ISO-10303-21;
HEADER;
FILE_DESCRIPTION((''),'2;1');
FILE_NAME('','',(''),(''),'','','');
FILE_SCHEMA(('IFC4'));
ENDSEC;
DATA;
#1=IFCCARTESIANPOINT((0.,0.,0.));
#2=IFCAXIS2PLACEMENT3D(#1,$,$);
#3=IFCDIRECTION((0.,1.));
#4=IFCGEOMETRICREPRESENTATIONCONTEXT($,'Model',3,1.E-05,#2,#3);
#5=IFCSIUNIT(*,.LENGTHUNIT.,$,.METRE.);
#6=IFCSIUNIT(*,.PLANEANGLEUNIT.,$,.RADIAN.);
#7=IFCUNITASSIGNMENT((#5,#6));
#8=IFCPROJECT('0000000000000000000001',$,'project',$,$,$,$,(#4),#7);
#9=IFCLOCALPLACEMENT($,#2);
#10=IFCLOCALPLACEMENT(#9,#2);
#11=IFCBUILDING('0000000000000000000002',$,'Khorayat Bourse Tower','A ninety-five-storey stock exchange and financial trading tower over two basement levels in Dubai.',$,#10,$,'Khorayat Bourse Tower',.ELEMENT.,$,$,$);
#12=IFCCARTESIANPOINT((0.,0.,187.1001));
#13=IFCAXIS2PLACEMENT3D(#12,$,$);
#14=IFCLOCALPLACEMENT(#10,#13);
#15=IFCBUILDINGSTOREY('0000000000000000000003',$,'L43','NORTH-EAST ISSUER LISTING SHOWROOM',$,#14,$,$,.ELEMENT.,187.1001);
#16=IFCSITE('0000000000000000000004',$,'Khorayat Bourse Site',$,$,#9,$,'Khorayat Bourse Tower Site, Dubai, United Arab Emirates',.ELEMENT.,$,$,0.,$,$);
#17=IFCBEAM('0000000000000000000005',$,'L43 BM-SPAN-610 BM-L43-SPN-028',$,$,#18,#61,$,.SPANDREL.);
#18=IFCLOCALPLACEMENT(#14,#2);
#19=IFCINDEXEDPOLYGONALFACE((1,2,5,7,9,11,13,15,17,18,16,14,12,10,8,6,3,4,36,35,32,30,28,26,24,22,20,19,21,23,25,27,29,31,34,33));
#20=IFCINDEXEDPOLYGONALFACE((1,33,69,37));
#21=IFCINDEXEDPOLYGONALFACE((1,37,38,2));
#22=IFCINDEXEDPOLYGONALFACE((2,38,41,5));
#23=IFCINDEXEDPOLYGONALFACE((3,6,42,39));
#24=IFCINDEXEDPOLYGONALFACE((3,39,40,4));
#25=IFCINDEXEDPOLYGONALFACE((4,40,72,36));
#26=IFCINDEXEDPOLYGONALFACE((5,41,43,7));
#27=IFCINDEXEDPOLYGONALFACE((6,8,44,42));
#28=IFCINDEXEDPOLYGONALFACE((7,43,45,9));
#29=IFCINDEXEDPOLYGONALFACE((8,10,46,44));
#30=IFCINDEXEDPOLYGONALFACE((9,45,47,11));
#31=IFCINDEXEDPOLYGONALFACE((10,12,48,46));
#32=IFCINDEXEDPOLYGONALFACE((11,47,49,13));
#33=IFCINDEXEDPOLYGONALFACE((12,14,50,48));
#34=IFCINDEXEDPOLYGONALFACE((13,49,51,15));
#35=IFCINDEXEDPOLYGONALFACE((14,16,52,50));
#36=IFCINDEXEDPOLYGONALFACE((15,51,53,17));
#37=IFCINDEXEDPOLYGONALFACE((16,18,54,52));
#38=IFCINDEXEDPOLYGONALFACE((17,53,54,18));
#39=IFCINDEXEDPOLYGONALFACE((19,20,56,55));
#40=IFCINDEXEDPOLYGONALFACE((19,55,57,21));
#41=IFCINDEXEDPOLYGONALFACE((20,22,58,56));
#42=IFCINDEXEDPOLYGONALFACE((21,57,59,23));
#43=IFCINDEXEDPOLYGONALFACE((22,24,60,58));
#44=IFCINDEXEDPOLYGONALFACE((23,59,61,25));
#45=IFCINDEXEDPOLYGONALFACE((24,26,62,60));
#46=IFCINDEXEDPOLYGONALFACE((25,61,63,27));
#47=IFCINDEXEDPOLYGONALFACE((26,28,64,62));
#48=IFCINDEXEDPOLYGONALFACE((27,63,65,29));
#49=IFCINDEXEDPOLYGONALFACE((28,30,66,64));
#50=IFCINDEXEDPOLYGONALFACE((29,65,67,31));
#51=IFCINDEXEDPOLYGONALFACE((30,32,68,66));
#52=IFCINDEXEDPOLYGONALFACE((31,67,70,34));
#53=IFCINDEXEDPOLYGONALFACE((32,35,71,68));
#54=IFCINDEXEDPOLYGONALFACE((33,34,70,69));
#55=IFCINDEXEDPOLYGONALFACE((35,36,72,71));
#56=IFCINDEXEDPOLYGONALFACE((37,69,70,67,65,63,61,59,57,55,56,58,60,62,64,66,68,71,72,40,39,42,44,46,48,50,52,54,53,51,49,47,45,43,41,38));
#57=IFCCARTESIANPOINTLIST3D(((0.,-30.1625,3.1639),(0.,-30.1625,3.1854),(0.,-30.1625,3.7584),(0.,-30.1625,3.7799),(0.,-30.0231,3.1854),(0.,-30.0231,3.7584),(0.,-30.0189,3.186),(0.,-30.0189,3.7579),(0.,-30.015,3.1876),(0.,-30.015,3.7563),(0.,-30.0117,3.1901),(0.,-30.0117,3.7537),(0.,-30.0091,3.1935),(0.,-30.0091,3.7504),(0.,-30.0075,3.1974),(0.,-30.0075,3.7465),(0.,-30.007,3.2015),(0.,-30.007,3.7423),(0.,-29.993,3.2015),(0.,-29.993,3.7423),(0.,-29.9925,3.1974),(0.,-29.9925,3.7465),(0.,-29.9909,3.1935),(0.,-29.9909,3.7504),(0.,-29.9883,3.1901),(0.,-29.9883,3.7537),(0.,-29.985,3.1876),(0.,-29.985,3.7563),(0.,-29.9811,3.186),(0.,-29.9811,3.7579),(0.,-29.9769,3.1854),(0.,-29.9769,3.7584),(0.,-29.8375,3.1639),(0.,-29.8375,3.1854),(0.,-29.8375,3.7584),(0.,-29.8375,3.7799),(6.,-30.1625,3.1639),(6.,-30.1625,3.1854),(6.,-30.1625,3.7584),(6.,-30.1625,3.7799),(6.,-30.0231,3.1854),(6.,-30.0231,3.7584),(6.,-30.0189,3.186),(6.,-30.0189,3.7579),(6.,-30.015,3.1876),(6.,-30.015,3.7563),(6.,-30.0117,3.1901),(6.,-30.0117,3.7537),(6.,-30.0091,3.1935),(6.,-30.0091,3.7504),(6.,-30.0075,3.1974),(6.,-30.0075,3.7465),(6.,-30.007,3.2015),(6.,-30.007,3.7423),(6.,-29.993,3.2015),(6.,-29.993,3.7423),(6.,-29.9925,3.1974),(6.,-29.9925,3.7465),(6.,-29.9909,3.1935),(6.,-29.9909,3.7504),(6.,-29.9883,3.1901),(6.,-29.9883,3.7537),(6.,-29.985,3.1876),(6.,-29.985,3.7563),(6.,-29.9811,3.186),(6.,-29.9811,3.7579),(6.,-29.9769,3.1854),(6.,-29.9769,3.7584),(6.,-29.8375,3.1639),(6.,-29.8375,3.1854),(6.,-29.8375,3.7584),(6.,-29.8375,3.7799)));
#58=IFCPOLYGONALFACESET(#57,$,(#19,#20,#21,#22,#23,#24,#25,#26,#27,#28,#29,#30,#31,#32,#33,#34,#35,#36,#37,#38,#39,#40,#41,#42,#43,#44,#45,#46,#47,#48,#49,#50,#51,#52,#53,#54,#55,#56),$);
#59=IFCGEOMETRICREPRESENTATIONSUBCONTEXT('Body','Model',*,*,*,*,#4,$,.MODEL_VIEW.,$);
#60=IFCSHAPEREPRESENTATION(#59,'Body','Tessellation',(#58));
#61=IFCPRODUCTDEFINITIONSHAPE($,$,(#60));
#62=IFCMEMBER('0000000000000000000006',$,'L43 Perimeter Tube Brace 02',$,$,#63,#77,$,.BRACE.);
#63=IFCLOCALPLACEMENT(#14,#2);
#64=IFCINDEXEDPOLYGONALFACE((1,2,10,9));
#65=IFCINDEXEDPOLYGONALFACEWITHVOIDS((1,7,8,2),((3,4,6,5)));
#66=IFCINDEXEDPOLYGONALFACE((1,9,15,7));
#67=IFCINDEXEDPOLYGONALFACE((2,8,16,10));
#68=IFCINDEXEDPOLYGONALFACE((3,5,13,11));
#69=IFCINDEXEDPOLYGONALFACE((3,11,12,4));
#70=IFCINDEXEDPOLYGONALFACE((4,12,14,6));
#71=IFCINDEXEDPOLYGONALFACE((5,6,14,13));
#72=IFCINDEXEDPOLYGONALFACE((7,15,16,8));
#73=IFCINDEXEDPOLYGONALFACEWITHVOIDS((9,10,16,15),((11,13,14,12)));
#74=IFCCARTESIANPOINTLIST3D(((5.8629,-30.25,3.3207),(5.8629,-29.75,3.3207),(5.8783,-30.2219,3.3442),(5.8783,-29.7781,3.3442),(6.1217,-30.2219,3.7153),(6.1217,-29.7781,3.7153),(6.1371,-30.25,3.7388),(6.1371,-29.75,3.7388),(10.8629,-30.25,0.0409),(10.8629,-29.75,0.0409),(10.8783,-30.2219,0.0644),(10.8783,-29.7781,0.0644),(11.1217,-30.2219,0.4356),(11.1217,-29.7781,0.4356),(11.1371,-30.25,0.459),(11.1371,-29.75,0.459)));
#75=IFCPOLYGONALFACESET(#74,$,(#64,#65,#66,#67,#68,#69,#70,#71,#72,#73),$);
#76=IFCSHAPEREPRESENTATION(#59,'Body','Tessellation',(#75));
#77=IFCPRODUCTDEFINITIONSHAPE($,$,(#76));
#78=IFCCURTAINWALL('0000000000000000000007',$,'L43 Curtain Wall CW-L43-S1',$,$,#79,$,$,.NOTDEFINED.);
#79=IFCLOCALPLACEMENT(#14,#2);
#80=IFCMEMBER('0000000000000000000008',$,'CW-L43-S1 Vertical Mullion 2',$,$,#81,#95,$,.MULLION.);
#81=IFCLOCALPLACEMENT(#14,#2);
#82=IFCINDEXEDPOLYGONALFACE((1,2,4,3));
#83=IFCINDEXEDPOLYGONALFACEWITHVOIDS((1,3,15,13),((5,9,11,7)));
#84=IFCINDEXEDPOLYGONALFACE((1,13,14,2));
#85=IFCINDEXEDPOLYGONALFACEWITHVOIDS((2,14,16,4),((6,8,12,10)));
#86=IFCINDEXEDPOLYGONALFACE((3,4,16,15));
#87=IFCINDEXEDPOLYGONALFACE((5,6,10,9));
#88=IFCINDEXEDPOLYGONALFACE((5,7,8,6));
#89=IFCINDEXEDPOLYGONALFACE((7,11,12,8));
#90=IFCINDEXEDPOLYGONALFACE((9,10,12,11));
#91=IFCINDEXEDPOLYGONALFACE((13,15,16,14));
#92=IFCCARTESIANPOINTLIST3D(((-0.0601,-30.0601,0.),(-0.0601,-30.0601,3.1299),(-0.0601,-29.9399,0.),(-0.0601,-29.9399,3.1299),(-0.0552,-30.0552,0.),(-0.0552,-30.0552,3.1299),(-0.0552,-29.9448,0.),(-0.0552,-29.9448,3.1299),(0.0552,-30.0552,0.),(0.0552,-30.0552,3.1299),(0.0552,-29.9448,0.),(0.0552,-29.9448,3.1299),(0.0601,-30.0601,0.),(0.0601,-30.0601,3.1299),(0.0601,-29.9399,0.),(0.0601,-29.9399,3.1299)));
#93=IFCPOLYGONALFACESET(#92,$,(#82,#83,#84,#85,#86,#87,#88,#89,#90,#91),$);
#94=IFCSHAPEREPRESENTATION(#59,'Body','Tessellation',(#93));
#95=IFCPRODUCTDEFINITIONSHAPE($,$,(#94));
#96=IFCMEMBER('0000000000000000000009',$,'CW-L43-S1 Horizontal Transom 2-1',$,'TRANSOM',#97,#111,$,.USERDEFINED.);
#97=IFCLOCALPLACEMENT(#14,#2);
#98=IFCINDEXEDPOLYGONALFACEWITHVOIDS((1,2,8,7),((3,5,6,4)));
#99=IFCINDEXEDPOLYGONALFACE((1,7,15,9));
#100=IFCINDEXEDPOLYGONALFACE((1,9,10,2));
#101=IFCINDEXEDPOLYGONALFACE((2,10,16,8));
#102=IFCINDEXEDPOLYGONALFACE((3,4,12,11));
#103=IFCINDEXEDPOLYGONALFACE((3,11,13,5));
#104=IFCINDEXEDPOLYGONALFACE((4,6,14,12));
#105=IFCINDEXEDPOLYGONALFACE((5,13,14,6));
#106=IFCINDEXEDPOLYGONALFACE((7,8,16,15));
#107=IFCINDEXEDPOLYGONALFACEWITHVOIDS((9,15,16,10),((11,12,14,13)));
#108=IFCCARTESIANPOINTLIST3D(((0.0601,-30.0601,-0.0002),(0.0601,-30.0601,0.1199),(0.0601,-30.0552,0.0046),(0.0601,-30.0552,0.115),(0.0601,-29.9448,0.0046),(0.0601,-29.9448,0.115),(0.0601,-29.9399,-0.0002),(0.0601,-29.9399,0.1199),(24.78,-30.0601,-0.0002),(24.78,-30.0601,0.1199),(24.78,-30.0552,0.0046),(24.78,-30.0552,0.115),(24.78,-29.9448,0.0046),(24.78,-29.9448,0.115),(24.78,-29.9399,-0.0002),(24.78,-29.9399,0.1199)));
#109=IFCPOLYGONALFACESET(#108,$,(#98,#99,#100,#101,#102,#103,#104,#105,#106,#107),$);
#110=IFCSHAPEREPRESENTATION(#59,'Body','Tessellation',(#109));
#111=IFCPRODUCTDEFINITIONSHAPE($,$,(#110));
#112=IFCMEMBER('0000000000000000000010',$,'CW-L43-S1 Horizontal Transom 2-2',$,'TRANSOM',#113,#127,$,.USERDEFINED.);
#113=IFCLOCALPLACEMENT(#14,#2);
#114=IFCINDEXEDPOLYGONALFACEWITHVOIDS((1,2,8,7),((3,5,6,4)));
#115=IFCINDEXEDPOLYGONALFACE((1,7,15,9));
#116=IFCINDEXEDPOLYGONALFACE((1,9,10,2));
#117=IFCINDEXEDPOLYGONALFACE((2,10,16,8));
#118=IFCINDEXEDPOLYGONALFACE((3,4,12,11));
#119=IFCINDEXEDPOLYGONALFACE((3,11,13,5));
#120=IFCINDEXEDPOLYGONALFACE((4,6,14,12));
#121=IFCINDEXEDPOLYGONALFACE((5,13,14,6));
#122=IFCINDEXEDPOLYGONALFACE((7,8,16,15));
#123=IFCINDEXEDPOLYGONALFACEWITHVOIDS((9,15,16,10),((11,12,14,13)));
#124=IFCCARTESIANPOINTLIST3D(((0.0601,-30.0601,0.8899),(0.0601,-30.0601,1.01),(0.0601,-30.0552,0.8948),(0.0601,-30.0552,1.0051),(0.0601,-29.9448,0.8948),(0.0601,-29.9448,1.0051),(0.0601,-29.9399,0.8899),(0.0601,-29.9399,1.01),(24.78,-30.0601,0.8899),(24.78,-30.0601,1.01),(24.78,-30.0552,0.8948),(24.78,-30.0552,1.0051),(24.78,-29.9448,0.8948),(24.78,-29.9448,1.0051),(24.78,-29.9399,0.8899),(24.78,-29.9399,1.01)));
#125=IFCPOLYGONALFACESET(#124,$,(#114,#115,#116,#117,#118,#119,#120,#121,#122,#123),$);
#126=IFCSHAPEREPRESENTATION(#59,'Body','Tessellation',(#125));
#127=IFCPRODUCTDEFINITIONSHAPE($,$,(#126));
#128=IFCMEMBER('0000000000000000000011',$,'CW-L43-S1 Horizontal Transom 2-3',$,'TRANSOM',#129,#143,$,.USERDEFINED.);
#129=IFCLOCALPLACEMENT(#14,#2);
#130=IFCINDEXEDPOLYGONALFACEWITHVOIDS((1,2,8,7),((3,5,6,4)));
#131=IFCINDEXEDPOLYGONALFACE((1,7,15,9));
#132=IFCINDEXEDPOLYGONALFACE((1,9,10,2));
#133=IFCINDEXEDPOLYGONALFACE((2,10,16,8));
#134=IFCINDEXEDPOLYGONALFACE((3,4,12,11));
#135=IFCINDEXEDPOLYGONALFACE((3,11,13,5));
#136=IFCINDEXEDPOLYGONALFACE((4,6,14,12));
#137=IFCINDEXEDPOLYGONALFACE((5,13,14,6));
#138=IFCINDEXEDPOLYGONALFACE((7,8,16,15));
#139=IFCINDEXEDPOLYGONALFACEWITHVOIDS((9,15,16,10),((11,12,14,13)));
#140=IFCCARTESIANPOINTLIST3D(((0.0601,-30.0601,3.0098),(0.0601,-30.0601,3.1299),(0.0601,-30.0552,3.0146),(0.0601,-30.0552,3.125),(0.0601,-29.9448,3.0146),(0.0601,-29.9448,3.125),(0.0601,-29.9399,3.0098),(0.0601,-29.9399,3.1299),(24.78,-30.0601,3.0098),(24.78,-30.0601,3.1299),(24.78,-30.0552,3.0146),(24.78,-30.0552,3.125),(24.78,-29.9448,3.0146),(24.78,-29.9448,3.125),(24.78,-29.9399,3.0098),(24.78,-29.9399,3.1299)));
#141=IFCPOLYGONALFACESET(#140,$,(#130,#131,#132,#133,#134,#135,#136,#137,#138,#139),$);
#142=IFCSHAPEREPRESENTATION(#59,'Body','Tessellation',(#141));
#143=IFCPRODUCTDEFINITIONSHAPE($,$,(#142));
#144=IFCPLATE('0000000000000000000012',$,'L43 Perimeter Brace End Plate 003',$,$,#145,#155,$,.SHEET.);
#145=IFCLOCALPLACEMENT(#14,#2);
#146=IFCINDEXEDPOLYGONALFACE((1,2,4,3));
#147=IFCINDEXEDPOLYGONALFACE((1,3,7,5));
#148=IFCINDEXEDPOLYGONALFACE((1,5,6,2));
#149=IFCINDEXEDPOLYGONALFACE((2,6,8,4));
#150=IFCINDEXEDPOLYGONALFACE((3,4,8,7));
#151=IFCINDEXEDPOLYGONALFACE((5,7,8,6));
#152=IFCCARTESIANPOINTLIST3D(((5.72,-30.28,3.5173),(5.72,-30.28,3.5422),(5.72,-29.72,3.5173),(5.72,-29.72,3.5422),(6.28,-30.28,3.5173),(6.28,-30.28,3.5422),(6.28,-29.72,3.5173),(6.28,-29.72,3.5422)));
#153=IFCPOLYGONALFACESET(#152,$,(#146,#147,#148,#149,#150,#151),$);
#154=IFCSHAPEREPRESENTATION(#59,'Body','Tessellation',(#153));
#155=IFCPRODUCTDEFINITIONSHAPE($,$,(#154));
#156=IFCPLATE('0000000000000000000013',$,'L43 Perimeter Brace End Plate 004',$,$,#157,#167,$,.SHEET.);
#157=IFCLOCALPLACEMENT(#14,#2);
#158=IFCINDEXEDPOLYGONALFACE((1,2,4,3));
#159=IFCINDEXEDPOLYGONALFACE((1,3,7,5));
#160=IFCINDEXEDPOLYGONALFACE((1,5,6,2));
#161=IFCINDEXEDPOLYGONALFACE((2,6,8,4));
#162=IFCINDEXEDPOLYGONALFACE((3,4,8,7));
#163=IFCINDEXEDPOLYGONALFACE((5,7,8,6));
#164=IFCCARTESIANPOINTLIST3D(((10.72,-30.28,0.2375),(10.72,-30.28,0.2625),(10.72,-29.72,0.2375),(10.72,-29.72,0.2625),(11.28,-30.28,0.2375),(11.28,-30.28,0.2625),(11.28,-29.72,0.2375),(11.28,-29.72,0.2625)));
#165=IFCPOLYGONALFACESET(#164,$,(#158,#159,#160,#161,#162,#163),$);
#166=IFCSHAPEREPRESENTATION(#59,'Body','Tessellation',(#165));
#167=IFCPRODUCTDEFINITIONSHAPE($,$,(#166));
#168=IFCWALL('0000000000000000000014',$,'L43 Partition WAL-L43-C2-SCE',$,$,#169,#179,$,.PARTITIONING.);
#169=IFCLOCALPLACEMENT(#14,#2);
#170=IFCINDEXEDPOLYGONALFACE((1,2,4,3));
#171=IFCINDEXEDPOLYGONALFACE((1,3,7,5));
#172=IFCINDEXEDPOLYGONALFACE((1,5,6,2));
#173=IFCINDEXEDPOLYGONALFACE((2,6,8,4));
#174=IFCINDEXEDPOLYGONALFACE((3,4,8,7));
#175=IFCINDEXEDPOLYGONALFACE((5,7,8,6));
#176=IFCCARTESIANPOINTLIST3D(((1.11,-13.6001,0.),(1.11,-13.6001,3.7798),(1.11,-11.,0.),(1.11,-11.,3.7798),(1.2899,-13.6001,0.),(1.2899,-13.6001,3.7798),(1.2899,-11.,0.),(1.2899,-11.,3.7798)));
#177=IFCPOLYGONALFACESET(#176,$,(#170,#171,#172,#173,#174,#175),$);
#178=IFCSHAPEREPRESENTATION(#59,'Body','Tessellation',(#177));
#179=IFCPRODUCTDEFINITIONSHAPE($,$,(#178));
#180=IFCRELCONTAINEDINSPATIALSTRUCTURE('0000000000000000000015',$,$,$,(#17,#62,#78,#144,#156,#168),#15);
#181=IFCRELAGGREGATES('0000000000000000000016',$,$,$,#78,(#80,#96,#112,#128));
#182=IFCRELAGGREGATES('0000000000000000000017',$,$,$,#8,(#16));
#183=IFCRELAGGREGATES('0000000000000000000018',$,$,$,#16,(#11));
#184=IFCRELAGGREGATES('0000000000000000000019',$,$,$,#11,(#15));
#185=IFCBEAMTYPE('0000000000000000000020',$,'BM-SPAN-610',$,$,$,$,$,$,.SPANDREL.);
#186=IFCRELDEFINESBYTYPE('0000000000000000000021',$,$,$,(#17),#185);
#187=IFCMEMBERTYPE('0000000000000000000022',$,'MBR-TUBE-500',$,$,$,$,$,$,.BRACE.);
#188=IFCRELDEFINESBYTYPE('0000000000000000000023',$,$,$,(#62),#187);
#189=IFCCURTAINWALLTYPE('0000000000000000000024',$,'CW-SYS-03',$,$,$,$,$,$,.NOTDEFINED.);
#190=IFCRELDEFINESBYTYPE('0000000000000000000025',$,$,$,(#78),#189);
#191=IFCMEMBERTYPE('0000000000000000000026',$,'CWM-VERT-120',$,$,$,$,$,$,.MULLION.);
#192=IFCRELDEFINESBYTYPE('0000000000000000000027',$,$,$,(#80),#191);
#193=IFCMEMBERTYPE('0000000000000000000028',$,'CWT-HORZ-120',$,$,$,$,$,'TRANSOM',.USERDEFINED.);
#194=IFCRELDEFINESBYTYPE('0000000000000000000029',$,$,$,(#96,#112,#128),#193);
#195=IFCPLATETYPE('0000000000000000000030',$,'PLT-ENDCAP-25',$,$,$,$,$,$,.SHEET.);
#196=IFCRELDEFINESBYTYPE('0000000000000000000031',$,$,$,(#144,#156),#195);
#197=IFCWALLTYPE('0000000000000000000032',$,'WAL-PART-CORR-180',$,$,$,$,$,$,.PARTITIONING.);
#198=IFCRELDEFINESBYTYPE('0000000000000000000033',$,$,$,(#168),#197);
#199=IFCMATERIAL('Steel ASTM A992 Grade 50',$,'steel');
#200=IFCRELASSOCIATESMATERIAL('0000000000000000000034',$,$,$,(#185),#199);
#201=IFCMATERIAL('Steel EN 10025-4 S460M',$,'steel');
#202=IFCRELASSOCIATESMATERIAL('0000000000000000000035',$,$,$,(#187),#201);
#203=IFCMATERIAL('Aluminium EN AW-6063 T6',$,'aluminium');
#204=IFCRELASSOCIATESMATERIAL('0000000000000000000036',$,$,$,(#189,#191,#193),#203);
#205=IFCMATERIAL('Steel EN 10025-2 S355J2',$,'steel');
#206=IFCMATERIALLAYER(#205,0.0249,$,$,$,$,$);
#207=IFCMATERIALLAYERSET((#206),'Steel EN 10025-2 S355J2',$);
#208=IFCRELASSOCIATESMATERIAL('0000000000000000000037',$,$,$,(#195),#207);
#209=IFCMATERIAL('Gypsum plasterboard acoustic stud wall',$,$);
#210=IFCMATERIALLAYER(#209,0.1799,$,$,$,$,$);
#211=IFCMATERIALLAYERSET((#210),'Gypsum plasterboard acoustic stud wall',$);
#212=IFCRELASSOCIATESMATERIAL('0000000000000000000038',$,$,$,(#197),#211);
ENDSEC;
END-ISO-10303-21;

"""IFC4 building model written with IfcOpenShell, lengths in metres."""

from ifc_helpers import new_model, si_unit, direction, frame, frame_2d, origin, origin_2d, place, context, subcontext, project, spatial, rectangle, hollow_rectangle, i_section, extrude, source, transform, mapped, material, layer, layer_set, material_profile, profile_set, type_object, element, aggregate, save


model = new_model("IFC4")

# Units and contexts
model_context = context("Model", 3, precision=1e-05, world=origin(), true_north=direction((0.0, 1.0)))
body_context = subcontext(model_context, "Body", "Model", "MODEL_VIEW")
ifc_project = project(units=[si_unit("LENGTHUNIT", "METRE"), si_unit("PLANEANGLEUNIT", "RADIAN")], contexts=[model_context])

# Site, building, storey
site_placement = place(None, origin())
site = spatial("IfcSite", under=ifc_project, at=site_placement, Name="Khorayat Bourse Site", LongName="Khorayat Bourse Tower Site, Dubai, United Arab Emirates", CompositionType="ELEMENT", RefElevation=0.0)
building_placement = place(site_placement, origin())
building = spatial("IfcBuilding", under=site, at=building_placement, Name="Khorayat Bourse Tower", Description="A ninety-five-storey stock exchange and financial trading tower over two basement levels in Dubai.", LongName="Khorayat Bourse Tower", CompositionType="ELEMENT")
storey_placement = place(building_placement, frame((0.0, 0.0, 187.1001)))
storey = spatial("IfcBuildingStorey", under=building, at=storey_placement, Name="L43", Description="NORTH-EAST ISSUER LISTING SHOWROOM", CompositionType="ELEMENT", Elevation=187.1001)

# Shared definitions
ifc_material_1 = material(Name="Steel EN 10025-4 S460M", Category="steel")

# Beam
ifc_material_2 = material(Name="Steel ASTM A992 Grade 50", Category="steel")
ifc_material_profile_1 = material_profile(ifc_material_2, i_section(OverallWidth=0.325, OverallDepth=0.616, WebThickness=0.0139, FlangeThickness=0.0215, FilletRadius=0.0161, at=origin_2d()), Name="W610X174")
ifc_profile_set_1 = profile_set([ifc_material_profile_1], Name="Steel ASTM A992 Grade 50")
beam_type_1 = type_object("IfcBeamType", Name="BM-SPAN-610", PredefinedType="SPANDREL", material=ifc_profile_set_1)
shared_shape_1 = source(origin(), body_context, "Body", "SweptSolid", [
    extrude(i_section(OverallWidth=0.325, OverallDepth=0.616, WebThickness=0.0139, FlangeThickness=0.0215, FilletRadius=0.0161, at=origin_2d()), origin(), (0.0, 0.0, 1.0), 6.0),
])
beam_1_placement = place(storey_placement, frame((0.0, -30.0, 3.4719), z_axis=(1.0, 0.0, 0.0), x_axis=(0.0, 1.0, 0.0)))
element("IfcBeam", 1, at=beam_1_placement, inside=storey, type_object=beam_type_1, Name="L43 BM-SPAN-610 BM-L43-SPN-028", PredefinedType="SPANDREL", context=body_context, shape_type="MappedRepresentation", body=[
    mapped(shared_shape_1, transform((0.0, 0.0, 0.0), scale=1.0)),
])

# Member
ifc_material_profile_2 = material_profile(ifc_material_1, hollow_rectangle(XDim=0.5, YDim=0.5, WallThickness=0.0281, at=origin_2d()), Name="HSS 500x500x28")
ifc_profile_set_2 = profile_set([ifc_material_profile_2], Name="Steel EN 10025-4 S460M")
member_type_1 = type_object("IfcMemberType", Name="MBR-TUBE-500", PredefinedType="BRACE", material=ifc_profile_set_2)
shared_shape_2 = source(origin(), body_context, "Body", "SweptSolid", [
    extrude(hollow_rectangle(XDim=0.5, YDim=0.5, WallThickness=0.0281, at=origin_2d()), origin(), (0.0, 0.0, 1.0), 5.9797),
])
member_1_placement = place(storey_placement, frame((6.0, -30.0, 3.5298), z_axis=(0.83616, 0.0, -0.548485), x_axis=(0.0, 1.0, 0.0)))
element("IfcMember", 2, at=member_1_placement, inside=storey, type_object=member_type_1, Name="L43 Perimeter Tube Brace 02", PredefinedType="BRACE", context=body_context, shape_type="MappedRepresentation", body=[
    mapped(shared_shape_2, transform((0.0, 0.0, 0.0), scale=1.0)),
])

# Curtain wall, members
ifc_material_3 = material(Name="Aluminium EN AW-6063 T6", Category="aluminium")
curtain_wall_type = type_object("IfcCurtainWallType", Name="CW-SYS-03", PredefinedType="NOTDEFINED", material=ifc_material_3)
curtain_wall_placement = place(storey_placement, origin())
curtain_wall = element("IfcCurtainWall", 3, at=curtain_wall_placement, inside=storey, type_object=curtain_wall_type, Name="L43 Curtain Wall CW-L43-S1", PredefinedType="NOTDEFINED")
ifc_material_profile_3 = material_profile(ifc_material_3, hollow_rectangle(XDim=0.1201, YDim=0.1201, WallThickness=0.0049, at=origin_2d()), Name="ALU 120x120x5")
ifc_profile_set_3 = profile_set([ifc_material_profile_3], Name="Aluminium EN AW-6063 T6")
member_type_2 = type_object("IfcMemberType", Name="CWM-VERT-120", PredefinedType="MULLION", material=ifc_profile_set_3)
shared_shape_3 = source(origin(), body_context, "Body", "SweptSolid", [
    extrude(hollow_rectangle(XDim=0.1201, YDim=0.1201, WallThickness=0.0049, at=origin_2d()), origin(), (0.0, 0.0, 1.0), 3.1299),
])
member_2_placement = place(storey_placement, frame((0.0, -30.0, 0.0), z_axis=(0.0, 0.0, 1.0), x_axis=(0.0, 1.0, 0.0)))
member_2 = element("IfcMember", 4, at=member_2_placement, type_object=member_type_2, Name="CW-L43-S1 Vertical Mullion 2", PredefinedType="MULLION", context=body_context, shape_type="MappedRepresentation", body=[
    mapped(shared_shape_3, transform((0.0, 0.0, 0.0), scale=1.0)),
])
ifc_material_profile_4 = material_profile(ifc_material_3, hollow_rectangle(XDim=0.1201, YDim=0.1201, WallThickness=0.0049, at=origin_2d()), Name="ALU 120x120x5")
ifc_profile_set_4 = profile_set([ifc_material_profile_4], Name="Aluminium EN AW-6063 T6")
member_type_3 = type_object("IfcMemberType", Name="CWT-HORZ-120", ElementType="TRANSOM", PredefinedType="USERDEFINED", material=ifc_profile_set_4)
shared_shape_4 = source(origin(), body_context, "Body", "SweptSolid", [
    extrude(hollow_rectangle(XDim=0.1201, YDim=0.1201, WallThickness=0.0049, at=origin_2d()), origin(), (0.0, 0.0, 1.0), 24.72),
])
member_3_placement = place(storey_placement, frame((0.0601, -30.0, 0.0598), z_axis=(1.0, 0.0, 0.0), x_axis=(0.0, 1.0, 0.0)))
member_3 = element("IfcMember", 5, at=member_3_placement, type_object=member_type_3, Name="CW-L43-S1 Horizontal Transom 2-1", ObjectType="TRANSOM", PredefinedType="USERDEFINED", context=body_context, shape_type="MappedRepresentation", body=[
    mapped(shared_shape_4, transform((0.0, 0.0, 0.0), scale=1.0)),
])
member_4_placement = place(storey_placement, frame((0.0601, -30.0, 0.95), z_axis=(1.0, 0.0, 0.0), x_axis=(0.0, 1.0, 0.0)))
member_4 = element("IfcMember", 6, at=member_4_placement, type_object=member_type_3, Name="CW-L43-S1 Horizontal Transom 2-2", ObjectType="TRANSOM", PredefinedType="USERDEFINED", context=body_context, shape_type="MappedRepresentation", body=[
    mapped(shared_shape_4, transform((0.0, 0.0, 0.0), scale=1.0)),
])
member_5_placement = place(storey_placement, frame((0.0601, -30.0, 3.0698), z_axis=(1.0, 0.0, 0.0), x_axis=(0.0, 1.0, 0.0)))
member_5 = element("IfcMember", 7, at=member_5_placement, type_object=member_type_3, Name="CW-L43-S1 Horizontal Transom 2-3", ObjectType="TRANSOM", PredefinedType="USERDEFINED", context=body_context, shape_type="MappedRepresentation", body=[
    mapped(shared_shape_4, transform((0.0, 0.0, 0.0), scale=1.0)),
])
aggregate(curtain_wall, [member_2, member_3, member_4, member_5])

# Plates
ifc_material_4 = material(Name="Steel EN 10025-2 S355J2", Category="steel")
ifc_layer_1 = layer(ifc_material_4, 0.0249)
ifc_layer_set_1 = layer_set([ifc_layer_1], Name="Steel EN 10025-2 S355J2")
plate_type = type_object("IfcPlateType", Name="PLT-ENDCAP-25", PredefinedType="SHEET", material=ifc_layer_set_1)
shared_shape_5 = source(origin(), body_context, "Body", "SweptSolid", [
    extrude(rectangle(XDim=0.5601, YDim=0.5601, at=origin_2d()), origin(), (0.0, 0.0, 1.0), 0.0249),
])
for number, where, z_axis, x_axis, name in (
    (8, (6.0, -30.0, 3.5173), (0.0, 0.0, 1.0), (1.0, 0.0, 0.0), "L43 Perimeter Brace End Plate 003"),
    (9, (11.0, -30.0, 0.2375), (0.0, 0.0, 1.0), (1.0, 0.0, 0.0), "L43 Perimeter Brace End Plate 004"),
):
    element("IfcPlate", number, at=place(storey_placement, frame(where, z_axis=z_axis, x_axis=x_axis)), inside=storey, type_object=plate_type, Name=name, PredefinedType="SHEET", context=body_context, shape_type="MappedRepresentation", body=[
        mapped(shared_shape_5, transform((0.0, 0.0, 0.0), scale=1.0)),
    ])

# Wall
ifc_material_5 = material(Name="Gypsum plasterboard acoustic stud wall")
ifc_layer_2 = layer(ifc_material_5, 0.1799)
ifc_layer_set_2 = layer_set([ifc_layer_2], Name="Gypsum plasterboard acoustic stud wall")
wall_type_1 = type_object("IfcWallType", Name="WAL-PART-CORR-180", PredefinedType="PARTITIONING", material=ifc_layer_set_2)
shared_shape_6 = source(origin(), body_context, "Body", "SweptSolid", [
    extrude(rectangle(XDim=2.6001, YDim=0.1799, at=frame_2d((1.3, 0.0))), origin(), (0.0, 0.0, 1.0), 3.7798),
])
wall_1_placement = place(storey_placement, frame((1.2, -13.6001, 0.0), z_axis=(0.0, 0.0, 1.0), x_axis=(0.0, 1.0, 0.0)))
element("IfcWall", 10, at=wall_1_placement, inside=storey, type_object=wall_type_1, Name="L43 Partition WAL-L43-C2-SCE", PredefinedType="PARTITIONING", context=body_context, shape_type="MappedRepresentation", body=[
    mapped(shared_shape_6, transform((0.0, 0.0, 0.0), scale=1.0)),
])

save(model, "model.ifc")
